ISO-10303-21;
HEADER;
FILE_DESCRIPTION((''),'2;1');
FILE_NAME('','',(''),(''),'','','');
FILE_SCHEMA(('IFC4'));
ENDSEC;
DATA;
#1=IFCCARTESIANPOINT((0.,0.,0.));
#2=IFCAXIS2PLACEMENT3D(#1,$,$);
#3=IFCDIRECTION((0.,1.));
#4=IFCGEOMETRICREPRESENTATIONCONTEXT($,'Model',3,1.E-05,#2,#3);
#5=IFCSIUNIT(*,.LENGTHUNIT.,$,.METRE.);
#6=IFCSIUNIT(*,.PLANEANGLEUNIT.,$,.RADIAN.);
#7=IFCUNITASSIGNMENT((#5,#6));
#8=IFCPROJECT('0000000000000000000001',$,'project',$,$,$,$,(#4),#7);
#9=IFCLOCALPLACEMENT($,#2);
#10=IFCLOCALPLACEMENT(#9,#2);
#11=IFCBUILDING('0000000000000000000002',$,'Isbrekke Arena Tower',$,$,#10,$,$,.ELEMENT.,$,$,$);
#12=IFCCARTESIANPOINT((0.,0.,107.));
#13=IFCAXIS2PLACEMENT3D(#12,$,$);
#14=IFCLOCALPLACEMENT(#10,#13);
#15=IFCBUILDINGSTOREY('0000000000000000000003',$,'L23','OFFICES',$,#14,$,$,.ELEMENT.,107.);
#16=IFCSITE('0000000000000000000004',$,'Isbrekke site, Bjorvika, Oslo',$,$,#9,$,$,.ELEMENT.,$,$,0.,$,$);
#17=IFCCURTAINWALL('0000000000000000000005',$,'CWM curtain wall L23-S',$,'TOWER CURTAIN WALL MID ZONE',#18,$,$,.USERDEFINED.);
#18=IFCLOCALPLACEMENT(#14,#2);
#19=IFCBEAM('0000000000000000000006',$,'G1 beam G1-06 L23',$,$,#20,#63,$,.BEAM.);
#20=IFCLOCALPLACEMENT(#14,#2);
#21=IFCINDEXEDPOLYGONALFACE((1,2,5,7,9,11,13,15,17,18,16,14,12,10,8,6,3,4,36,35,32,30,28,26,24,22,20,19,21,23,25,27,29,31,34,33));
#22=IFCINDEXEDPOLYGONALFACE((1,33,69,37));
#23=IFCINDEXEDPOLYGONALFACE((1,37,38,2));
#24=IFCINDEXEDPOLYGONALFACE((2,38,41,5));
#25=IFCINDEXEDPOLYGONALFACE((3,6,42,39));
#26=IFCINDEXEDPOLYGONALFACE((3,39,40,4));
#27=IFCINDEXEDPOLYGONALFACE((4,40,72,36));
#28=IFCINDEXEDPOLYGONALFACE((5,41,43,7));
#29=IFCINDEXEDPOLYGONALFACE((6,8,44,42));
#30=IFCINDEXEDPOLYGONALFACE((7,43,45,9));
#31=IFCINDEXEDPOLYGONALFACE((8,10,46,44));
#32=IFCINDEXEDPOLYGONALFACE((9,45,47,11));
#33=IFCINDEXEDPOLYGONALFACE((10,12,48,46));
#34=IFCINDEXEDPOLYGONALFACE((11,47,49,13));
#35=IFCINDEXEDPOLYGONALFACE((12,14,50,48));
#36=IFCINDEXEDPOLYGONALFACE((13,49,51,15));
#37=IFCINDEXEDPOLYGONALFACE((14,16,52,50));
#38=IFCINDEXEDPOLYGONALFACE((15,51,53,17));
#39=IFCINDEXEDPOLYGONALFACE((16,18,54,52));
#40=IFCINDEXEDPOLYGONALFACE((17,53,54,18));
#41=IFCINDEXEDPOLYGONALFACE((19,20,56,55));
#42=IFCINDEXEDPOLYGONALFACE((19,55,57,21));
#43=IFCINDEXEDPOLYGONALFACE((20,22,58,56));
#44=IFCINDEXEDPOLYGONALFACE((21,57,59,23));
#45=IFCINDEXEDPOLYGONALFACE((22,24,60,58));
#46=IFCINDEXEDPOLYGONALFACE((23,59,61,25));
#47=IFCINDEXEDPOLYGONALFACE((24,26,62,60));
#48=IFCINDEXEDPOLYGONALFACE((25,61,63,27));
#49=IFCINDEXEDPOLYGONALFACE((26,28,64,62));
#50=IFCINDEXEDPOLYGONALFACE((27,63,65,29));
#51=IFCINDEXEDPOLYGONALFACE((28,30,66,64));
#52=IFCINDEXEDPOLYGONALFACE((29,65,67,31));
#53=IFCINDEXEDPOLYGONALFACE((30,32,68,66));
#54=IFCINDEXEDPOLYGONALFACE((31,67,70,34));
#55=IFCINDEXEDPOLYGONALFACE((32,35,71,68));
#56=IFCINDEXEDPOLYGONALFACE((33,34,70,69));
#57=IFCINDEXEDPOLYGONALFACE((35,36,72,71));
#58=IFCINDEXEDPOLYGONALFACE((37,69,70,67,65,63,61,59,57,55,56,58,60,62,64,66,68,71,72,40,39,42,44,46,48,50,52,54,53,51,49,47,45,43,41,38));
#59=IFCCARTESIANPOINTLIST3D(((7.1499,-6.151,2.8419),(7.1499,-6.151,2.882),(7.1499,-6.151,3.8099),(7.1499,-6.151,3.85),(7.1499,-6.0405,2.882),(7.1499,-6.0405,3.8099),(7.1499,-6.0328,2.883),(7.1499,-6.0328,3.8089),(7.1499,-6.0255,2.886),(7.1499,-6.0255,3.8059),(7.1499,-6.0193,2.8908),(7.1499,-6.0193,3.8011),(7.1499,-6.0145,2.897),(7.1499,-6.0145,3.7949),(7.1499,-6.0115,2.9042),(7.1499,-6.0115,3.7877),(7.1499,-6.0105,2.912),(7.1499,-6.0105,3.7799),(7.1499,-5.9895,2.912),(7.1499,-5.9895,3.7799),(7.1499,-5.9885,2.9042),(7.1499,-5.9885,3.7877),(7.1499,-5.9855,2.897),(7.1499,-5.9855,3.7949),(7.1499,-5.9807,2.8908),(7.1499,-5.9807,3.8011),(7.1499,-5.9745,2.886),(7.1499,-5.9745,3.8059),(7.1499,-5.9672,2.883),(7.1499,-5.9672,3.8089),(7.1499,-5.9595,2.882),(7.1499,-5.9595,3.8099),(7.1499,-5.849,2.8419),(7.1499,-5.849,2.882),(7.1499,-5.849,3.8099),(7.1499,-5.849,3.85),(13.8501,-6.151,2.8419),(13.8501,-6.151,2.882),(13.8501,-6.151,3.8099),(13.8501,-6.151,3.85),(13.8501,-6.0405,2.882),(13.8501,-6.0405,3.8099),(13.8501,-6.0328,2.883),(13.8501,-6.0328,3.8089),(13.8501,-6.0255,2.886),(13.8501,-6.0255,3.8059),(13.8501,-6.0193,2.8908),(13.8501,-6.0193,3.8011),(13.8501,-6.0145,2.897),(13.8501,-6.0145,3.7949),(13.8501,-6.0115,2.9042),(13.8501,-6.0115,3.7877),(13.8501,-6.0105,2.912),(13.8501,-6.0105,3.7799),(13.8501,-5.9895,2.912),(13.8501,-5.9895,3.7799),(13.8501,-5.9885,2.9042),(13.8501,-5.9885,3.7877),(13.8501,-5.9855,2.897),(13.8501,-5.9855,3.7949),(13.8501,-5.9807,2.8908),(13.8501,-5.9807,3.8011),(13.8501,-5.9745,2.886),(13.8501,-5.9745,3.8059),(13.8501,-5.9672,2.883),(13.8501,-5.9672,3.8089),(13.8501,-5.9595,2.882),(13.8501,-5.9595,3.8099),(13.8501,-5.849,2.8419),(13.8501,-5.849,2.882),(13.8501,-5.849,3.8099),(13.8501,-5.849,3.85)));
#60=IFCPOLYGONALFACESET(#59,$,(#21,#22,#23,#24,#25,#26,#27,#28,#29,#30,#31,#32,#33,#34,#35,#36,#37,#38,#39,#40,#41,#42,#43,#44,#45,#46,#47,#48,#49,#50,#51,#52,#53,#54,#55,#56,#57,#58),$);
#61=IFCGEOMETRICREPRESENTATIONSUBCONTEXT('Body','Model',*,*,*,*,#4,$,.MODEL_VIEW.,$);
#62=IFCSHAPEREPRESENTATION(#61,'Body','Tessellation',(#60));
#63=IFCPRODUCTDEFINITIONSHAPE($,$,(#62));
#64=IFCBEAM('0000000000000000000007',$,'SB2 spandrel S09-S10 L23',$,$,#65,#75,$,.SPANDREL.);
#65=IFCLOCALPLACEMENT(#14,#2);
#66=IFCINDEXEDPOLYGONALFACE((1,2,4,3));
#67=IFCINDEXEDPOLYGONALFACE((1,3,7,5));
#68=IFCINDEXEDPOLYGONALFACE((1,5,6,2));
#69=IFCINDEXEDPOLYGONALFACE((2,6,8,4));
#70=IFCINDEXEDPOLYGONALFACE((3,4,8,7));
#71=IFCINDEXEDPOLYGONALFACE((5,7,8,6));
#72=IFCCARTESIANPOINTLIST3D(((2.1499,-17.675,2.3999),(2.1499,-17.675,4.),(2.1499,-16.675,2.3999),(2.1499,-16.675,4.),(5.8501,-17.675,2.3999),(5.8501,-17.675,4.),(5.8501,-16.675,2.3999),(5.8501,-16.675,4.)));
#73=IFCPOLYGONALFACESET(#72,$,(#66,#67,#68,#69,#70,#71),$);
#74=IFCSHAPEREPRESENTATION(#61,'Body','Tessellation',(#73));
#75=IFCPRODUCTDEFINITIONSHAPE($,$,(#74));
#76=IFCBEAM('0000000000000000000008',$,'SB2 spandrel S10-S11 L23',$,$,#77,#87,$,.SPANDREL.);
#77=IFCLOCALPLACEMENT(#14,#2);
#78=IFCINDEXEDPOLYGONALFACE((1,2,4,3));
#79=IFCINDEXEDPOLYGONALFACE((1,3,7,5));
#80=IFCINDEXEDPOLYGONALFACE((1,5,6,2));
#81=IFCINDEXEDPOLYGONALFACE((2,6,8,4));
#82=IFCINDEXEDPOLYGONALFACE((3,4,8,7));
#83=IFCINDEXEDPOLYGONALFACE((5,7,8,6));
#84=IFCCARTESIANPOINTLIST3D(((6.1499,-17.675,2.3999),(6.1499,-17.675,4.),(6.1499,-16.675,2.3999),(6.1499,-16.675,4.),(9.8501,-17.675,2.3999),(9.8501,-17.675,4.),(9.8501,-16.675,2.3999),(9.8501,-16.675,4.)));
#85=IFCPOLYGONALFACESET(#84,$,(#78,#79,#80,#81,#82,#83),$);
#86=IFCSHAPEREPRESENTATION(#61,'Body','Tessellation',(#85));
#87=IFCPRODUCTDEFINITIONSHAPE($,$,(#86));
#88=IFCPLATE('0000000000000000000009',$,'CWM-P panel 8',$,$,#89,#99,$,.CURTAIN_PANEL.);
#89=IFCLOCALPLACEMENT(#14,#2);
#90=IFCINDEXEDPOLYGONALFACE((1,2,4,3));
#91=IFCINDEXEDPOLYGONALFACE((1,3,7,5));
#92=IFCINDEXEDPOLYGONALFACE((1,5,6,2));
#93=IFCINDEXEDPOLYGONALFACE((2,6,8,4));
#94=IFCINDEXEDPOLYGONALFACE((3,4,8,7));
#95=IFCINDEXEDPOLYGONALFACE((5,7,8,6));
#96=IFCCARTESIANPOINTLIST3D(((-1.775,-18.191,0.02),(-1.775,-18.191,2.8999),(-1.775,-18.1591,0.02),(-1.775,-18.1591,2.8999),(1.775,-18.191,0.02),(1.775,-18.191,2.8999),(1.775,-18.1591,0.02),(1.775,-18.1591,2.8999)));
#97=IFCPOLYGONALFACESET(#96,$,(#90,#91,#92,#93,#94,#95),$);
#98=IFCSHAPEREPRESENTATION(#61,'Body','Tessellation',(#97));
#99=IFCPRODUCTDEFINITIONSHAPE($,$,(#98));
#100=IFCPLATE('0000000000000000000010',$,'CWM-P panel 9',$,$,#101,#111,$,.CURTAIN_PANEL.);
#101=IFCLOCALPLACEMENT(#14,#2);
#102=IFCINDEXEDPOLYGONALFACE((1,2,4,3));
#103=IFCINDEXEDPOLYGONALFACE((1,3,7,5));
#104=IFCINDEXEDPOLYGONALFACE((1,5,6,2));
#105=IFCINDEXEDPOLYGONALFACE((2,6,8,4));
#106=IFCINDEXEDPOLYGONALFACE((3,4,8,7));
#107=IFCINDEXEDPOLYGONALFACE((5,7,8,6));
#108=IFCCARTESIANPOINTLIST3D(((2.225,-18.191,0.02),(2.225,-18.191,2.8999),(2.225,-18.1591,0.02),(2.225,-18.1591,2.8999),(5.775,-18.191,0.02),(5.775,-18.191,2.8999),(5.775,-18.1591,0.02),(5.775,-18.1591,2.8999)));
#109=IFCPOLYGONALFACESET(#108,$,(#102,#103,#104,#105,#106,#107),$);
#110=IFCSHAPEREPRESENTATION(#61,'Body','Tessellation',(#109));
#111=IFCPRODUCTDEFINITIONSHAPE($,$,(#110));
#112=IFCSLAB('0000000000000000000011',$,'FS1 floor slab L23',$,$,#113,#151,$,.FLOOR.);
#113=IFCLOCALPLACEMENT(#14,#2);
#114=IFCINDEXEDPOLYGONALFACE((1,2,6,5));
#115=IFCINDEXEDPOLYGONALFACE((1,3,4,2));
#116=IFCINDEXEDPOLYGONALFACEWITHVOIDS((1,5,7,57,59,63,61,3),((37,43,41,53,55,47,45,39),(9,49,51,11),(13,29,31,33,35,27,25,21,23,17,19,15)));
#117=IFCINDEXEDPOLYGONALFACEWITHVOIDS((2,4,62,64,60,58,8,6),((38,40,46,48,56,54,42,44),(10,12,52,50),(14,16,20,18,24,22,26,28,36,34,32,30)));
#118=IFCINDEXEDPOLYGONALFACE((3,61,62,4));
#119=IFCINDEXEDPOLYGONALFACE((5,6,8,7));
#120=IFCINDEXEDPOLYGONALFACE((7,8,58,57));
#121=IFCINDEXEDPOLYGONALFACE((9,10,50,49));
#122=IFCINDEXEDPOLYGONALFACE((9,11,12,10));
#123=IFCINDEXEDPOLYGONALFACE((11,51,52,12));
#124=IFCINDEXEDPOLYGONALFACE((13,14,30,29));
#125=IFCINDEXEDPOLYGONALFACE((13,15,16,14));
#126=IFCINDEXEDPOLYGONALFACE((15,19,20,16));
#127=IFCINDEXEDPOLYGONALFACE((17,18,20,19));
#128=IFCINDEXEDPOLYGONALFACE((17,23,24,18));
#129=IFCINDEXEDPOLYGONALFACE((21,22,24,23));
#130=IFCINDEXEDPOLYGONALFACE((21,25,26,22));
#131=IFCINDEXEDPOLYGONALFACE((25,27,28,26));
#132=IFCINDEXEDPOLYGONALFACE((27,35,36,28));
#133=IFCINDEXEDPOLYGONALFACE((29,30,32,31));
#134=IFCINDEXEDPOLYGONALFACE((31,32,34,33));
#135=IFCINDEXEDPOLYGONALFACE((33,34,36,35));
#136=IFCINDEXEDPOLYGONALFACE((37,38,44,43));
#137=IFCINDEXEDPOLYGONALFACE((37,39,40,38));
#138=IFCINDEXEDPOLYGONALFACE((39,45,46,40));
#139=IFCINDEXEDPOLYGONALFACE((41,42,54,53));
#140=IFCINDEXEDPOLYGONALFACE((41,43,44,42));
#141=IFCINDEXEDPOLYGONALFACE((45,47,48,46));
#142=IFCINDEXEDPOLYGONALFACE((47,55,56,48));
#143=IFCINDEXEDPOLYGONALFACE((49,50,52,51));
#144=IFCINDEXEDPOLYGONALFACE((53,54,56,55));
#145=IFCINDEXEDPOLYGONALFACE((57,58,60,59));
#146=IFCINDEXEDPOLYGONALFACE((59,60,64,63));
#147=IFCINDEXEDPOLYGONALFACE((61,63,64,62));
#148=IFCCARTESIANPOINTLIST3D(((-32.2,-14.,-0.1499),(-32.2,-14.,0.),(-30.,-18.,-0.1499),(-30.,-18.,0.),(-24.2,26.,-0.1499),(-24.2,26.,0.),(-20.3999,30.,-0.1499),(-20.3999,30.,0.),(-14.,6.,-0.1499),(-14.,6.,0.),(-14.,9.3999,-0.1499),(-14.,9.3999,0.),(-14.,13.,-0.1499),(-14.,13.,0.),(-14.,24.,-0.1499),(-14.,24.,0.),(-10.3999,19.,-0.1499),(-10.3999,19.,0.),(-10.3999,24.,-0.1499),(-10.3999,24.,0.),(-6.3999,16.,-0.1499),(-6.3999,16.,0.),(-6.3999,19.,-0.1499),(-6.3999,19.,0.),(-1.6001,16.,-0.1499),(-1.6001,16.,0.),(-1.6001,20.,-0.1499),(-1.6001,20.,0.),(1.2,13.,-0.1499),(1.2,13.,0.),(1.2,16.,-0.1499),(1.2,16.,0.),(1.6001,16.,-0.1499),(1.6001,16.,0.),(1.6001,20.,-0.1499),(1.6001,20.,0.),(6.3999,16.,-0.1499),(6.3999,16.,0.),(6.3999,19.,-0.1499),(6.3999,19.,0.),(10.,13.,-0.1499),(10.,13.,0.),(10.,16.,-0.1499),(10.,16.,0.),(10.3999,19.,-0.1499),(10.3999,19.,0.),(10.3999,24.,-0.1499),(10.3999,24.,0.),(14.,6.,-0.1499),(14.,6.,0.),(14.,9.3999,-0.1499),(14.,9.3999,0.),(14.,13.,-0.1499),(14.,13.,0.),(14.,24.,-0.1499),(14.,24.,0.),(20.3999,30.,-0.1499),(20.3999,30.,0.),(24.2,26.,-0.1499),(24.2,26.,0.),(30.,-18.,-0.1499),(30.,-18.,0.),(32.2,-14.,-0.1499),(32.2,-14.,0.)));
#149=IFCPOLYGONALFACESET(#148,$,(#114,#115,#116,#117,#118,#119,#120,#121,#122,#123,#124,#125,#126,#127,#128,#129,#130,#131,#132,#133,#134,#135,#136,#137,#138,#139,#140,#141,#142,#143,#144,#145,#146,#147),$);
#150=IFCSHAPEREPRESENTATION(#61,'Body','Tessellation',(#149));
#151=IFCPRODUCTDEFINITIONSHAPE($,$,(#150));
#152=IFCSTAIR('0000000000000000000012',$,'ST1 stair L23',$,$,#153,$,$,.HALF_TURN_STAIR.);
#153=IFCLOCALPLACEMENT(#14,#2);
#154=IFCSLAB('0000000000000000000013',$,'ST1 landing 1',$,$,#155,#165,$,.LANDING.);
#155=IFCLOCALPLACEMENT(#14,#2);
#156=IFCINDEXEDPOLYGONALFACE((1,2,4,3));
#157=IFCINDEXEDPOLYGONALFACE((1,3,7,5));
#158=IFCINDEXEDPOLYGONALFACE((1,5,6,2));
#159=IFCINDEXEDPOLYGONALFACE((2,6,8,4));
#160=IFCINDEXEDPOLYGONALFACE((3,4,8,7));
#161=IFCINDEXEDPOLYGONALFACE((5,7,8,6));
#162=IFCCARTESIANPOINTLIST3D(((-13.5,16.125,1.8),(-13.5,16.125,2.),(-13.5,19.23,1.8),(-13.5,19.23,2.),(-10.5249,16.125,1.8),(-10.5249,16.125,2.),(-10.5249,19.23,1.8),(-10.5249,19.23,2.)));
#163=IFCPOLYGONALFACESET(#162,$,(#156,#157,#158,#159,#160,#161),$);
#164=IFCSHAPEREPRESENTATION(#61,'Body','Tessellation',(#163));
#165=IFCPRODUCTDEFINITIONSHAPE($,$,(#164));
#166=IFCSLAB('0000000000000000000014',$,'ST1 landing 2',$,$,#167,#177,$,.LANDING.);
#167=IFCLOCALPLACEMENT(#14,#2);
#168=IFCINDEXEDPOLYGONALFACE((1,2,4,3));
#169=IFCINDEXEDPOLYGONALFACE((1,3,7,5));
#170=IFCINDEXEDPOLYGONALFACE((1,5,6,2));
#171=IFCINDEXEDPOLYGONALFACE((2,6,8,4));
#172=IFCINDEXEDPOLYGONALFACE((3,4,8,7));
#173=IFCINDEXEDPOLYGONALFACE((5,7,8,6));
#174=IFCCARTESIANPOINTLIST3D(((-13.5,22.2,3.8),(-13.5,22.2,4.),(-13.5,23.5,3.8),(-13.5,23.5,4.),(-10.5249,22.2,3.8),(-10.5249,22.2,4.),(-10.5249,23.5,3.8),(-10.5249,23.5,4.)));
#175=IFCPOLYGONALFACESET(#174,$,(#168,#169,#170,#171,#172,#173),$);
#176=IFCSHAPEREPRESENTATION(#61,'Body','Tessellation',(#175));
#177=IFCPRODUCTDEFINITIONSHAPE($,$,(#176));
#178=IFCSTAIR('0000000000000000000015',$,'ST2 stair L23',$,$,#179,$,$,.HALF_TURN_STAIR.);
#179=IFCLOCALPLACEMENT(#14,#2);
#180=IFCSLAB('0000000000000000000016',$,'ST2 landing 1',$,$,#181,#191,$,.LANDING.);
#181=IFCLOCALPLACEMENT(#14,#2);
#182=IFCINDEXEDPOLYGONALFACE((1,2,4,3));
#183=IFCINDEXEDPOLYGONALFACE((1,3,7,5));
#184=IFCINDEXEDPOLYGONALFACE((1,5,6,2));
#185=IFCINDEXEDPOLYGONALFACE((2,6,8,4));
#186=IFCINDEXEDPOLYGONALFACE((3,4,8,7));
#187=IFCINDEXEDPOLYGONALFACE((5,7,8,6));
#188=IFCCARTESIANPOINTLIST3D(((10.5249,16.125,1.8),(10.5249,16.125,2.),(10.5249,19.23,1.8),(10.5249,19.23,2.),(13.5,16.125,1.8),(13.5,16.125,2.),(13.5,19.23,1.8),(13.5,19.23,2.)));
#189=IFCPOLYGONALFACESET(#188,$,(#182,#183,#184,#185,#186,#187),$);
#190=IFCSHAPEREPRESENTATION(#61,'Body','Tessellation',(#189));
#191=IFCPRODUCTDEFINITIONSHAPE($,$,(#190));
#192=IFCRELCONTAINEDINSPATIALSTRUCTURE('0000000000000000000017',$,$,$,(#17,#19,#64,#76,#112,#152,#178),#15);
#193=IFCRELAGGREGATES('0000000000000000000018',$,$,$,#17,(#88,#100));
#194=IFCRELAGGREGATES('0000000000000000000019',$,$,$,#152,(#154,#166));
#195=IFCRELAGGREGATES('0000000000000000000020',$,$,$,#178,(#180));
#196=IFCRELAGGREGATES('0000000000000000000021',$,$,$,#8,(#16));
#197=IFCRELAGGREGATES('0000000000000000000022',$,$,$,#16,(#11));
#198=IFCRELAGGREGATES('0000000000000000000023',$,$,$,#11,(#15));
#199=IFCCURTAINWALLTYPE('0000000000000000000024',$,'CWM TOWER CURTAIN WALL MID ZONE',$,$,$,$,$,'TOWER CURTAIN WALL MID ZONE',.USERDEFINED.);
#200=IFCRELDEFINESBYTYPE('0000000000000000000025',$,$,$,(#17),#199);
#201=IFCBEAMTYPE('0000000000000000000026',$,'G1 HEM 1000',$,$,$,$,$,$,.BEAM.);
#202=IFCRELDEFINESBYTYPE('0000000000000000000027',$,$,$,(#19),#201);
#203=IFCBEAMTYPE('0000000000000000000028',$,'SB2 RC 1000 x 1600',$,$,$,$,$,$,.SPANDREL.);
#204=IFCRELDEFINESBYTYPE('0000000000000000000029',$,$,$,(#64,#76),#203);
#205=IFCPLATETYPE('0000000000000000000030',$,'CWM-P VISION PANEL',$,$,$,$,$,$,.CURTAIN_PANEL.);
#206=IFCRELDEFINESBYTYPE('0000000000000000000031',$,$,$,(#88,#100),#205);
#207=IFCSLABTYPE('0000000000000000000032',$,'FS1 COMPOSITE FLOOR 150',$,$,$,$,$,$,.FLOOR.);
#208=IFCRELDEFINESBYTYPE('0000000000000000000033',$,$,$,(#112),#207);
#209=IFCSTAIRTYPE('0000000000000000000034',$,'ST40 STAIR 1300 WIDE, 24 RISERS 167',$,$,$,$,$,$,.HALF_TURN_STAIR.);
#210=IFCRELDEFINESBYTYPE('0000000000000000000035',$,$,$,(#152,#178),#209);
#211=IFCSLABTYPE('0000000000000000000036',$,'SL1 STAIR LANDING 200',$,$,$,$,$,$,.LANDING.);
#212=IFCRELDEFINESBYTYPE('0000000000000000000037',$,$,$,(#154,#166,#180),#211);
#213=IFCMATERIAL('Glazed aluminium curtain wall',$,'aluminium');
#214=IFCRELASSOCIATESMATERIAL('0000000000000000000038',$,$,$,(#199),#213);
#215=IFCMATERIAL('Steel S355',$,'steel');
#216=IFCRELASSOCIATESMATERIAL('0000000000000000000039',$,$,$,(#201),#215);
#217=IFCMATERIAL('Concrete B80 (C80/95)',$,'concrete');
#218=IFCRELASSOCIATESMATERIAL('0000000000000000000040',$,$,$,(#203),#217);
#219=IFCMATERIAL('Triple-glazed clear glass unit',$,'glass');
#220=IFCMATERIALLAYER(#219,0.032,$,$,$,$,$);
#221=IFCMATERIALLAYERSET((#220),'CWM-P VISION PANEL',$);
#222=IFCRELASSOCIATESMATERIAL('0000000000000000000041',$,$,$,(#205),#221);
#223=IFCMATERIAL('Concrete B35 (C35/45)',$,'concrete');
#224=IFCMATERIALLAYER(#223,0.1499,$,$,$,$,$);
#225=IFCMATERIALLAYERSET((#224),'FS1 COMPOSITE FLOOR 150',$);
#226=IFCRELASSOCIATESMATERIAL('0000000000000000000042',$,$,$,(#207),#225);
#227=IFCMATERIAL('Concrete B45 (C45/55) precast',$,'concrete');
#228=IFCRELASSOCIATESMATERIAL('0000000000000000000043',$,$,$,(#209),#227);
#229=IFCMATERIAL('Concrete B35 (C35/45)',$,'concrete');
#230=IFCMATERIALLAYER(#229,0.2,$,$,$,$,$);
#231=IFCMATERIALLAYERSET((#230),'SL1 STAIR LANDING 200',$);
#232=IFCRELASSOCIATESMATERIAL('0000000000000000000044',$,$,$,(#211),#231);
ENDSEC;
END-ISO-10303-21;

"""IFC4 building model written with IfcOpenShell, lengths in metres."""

from ifc_helpers import new_model, si_unit, direction, frame, origin, origin_2d, place, context, subcontext, project, spatial, polyline, rectangle, i_section, outline, extrude, material, layer, layer_set, material_profile, profile_set, type_object, element, aggregate, save


model = new_model("IFC4")

# Units and contexts
model_context = context("Model", 3, precision=1e-05, world=origin(), true_north=direction((0.0, 1.0)))
body_context = subcontext(model_context, "Body", "Model", "MODEL_VIEW")
ifc_project = project(units=[si_unit("LENGTHUNIT", "METRE"), si_unit("PLANEANGLEUNIT", "RADIAN")], contexts=[model_context])

# Site, building, storey
site_placement = place(None, origin())
site = spatial("IfcSite", under=ifc_project, at=site_placement, Name="Isbrekke site, Bjorvika, Oslo", CompositionType="ELEMENT", RefElevation=0.0)
building_placement = place(site_placement, origin())
building = spatial("IfcBuilding", under=site, at=building_placement, Name="Isbrekke Arena Tower", CompositionType="ELEMENT")
storey_placement = place(building_placement, frame((0.0, 0.0, 107.0)))
storey = spatial("IfcBuildingStorey", under=building, at=storey_placement, Name="L23", Description="OFFICES", CompositionType="ELEMENT", Elevation=107.0)

# Curtain wall
ifc_material_1 = material(Name="Glazed aluminium curtain wall", Category="aluminium")
curtain_wall_type = type_object("IfcCurtainWallType", Name="CWM TOWER CURTAIN WALL MID ZONE", ElementType="TOWER CURTAIN WALL MID ZONE", PredefinedType="USERDEFINED", material=ifc_material_1)
curtain_wall_placement = place(storey_placement, origin())
curtain_wall = element("IfcCurtainWall", 1, at=curtain_wall_placement, inside=storey, type_object=curtain_wall_type, Name="CWM curtain wall L23-S", ObjectType="TOWER CURTAIN WALL MID ZONE", PredefinedType="USERDEFINED")

# Beams
ifc_material_2 = material(Name="Steel S355", Category="steel")
ifc_material_profile_1 = material_profile(ifc_material_2, i_section(OverallWidth=0.302, OverallDepth=1.0081, WebThickness=0.021, FlangeThickness=0.04, FilletRadius=0.03, at=origin_2d()), Name="HEM 1000")
ifc_profile_set_1 = profile_set([ifc_material_profile_1], Name="Steel S355")
beam_type_1 = type_object("IfcBeamType", Name="G1 HEM 1000", PredefinedType="BEAM", material=ifc_profile_set_1)
for number, where, z_axis, x_axis, name in (
    (2, (7.1499, -6.0, 3.3459), (1.0, 0.0, 0.0), (0.0, 1.0, 0.0), "G1 beam G1-06 L23"),
):
    element("IfcBeam", number, at=place(storey_placement, frame(where, z_axis=z_axis, x_axis=x_axis)), inside=storey, type_object=beam_type_1, Name=name, PredefinedType="BEAM", context=body_context, shape_type="SweptSolid", body=[
        extrude(i_section(OverallWidth=0.302, OverallDepth=1.0081, WebThickness=0.021, FlangeThickness=0.04, FilletRadius=0.03, at=origin_2d()), origin(), (0.0, 0.0, 1.0), 6.7002),
    ])
ifc_material_3 = material(Name="Concrete B80 (C80/95)", Category="concrete")
ifc_material_profile_2 = material_profile(ifc_material_3, rectangle(XDim=1.0, YDim=1.6001, at=origin_2d()), Name="RC 1000x1600")
ifc_profile_set_2 = profile_set([ifc_material_profile_2], Name="Concrete B80 (C80/95)")
beam_type_2 = type_object("IfcBeamType", Name="SB2 RC 1000 x 1600", PredefinedType="SPANDREL", material=ifc_profile_set_2)
for number, where, z_axis, x_axis, name in (
    (3, (2.1499, -17.175, 3.2), (1.0, 0.0, 0.0), (0.0, 1.0, 0.0), "SB2 spandrel S09-S10 L23"),
    (4, (6.1499, -17.175, 3.2), (1.0, 0.0, 0.0), (0.0, 1.0, 0.0), "SB2 spandrel S10-S11 L23"),
):
    element("IfcBeam", number, at=place(storey_placement, frame(where, z_axis=z_axis, x_axis=x_axis)), inside=storey, type_object=beam_type_2, Name=name, PredefinedType="SPANDREL", context=body_context, shape_type="SweptSolid", body=[
        extrude(rectangle(XDim=1.0, YDim=1.6001, at=origin_2d()), origin(), (0.0, 0.0, 1.0), 3.7002),
    ])

# Plates
ifc_material_4 = material(Name="Triple-glazed clear glass unit", Category="glass")
ifc_layer_1 = layer(ifc_material_4, 0.032)
ifc_layer_set_1 = layer_set([ifc_layer_1], Name="CWM-P VISION PANEL")
plate_type = type_object("IfcPlateType", Name="CWM-P VISION PANEL", PredefinedType="CURTAIN_PANEL", material=ifc_layer_set_1)
plate_1_placement = place(storey_placement, frame((0.0, -18.175, 0.02), z_axis=(0.0, 0.0, 1.0), x_axis=(1.0, 0.0, 0.0)))
plate_1 = element("IfcPlate", 5, at=plate_1_placement, type_object=plate_type, Name="CWM-P panel 8", PredefinedType="CURTAIN_PANEL", context=body_context, shape_type="SweptSolid", body=[
    extrude(rectangle(XDim=3.55, YDim=0.032, at=origin_2d()), origin(), (0.0, 0.0, 1.0), 2.8799),
])
plate_2_placement = place(storey_placement, frame((4.0, -18.175, 0.02), z_axis=(0.0, 0.0, 1.0), x_axis=(1.0, 0.0, 0.0)))
plate_2 = element("IfcPlate", 6, at=plate_2_placement, type_object=plate_type, Name="CWM-P panel 9", PredefinedType="CURTAIN_PANEL", context=body_context, shape_type="SweptSolid", body=[
    extrude(rectangle(XDim=3.55, YDim=0.032, at=origin_2d()), origin(), (0.0, 0.0, 1.0), 2.8799),
])
aggregate(curtain_wall, [plate_1, plate_2])

# Slab
ifc_material_5 = material(Name="Concrete B35 (C35/45)", Category="concrete")
ifc_layer_2 = layer(ifc_material_5, 0.1499)
ifc_layer_set_2 = layer_set([ifc_layer_2], Name="FS1 COMPOSITE FLOOR 150")
slab_type_1 = type_object("IfcSlabType", Name="FS1 COMPOSITE FLOOR 150", PredefinedType="FLOOR", material=ifc_layer_set_2)
slab_1_placement = place(storey_placement, frame((0.0, 0.0, -0.1499)))
element("IfcSlab", 7, at=slab_1_placement, inside=storey, type_object=slab_type_1, Name="FS1 floor slab L23", PredefinedType="FLOOR", context=body_context, shape_type="SweptSolid", body=[
    extrude(outline(polyline([(-30.0, -18.0), (30.0, -18.0), (32.2, -14.0), (24.2, 26.0), (20.3999, 30.0), (-20.3999, 30.0), (-24.2, 26.0), (-32.2, -14.0), (-30.0, -18.0)]), holes=[polyline([(14.0, 9.3999), (14.0, 6.0), (-14.0, 6.0), (-14.0, 9.3999), (14.0, 9.3999)]), polyline([(-6.3999, 19.0), (-6.3999, 16.0), (-1.6001, 16.0), (-1.6001, 20.0), (1.6001, 20.0), (1.6001, 16.0), (1.2, 16.0), (1.2, 13.0), (-14.0, 13.0), (-14.0, 24.0), (-10.3999, 24.0), (-10.3999, 19.0), (-6.3999, 19.0)]), polyline([(10.0, 13.0), (10.0, 16.0), (6.3999, 16.0), (6.3999, 19.0), (10.3999, 19.0), (10.3999, 24.0), (14.0, 24.0), (14.0, 13.0), (10.0, 13.0)])]), origin(), (0.0, 0.0, 1.0), 0.1499),
])

# Stairs, slabs
ifc_material_6 = material(Name="Concrete B45 (C45/55) precast", Category="concrete")
stair_type = type_object("IfcStairType", Name="ST40 STAIR 1300 WIDE, 24 RISERS 167", PredefinedType="HALF_TURN_STAIR", material=ifc_material_6)
stair_1_placement = place(storey_placement, origin())
stair_1 = element("IfcStair", 8, at=stair_1_placement, inside=storey, type_object=stair_type, Name="ST1 stair L23", PredefinedType="HALF_TURN_STAIR")
ifc_material_7 = material(Name="Concrete B35 (C35/45)", Category="concrete")
ifc_layer_3 = layer(ifc_material_7, 0.2)
ifc_layer_set_3 = layer_set([ifc_layer_3], Name="SL1 STAIR LANDING 200")
slab_type_2 = type_object("IfcSlabType", Name="SL1 STAIR LANDING 200", PredefinedType="LANDING", material=ifc_layer_set_3)
slab_2_placement = place(storey_placement, frame((0.0, 0.0, 1.8)))
slab_2 = element("IfcSlab", 9, at=slab_2_placement, type_object=slab_type_2, Name="ST1 landing 1", PredefinedType="LANDING", context=body_context, shape_type="SweptSolid", body=[
    extrude(outline(polyline([(-13.5, 16.125), (-10.5249, 16.125), (-10.5249, 19.23), (-13.5, 19.23), (-13.5, 16.125)])), origin(), (0.0, 0.0, 1.0), 0.2),
])
slab_3_placement = place(storey_placement, frame((0.0, 0.0, 3.8)))
slab_3 = element("IfcSlab", 10, at=slab_3_placement, type_object=slab_type_2, Name="ST1 landing 2", PredefinedType="LANDING", context=body_context, shape_type="SweptSolid", body=[
    extrude(outline(polyline([(-13.5, 22.2), (-10.5249, 22.2), (-10.5249, 23.5), (-13.5, 23.5), (-13.5, 22.2)])), origin(), (0.0, 0.0, 1.0), 0.2),
])
aggregate(stair_1, [slab_2, slab_3])
stair_2_placement = place(storey_placement, origin())
stair_2 = element("IfcStair", 11, at=stair_2_placement, inside=storey, type_object=stair_type, Name="ST2 stair L23", PredefinedType="HALF_TURN_STAIR")
slab_4_placement = place(storey_placement, frame((0.0, 0.0, 1.8)))
slab_4 = element("IfcSlab", 12, at=slab_4_placement, type_object=slab_type_2, Name="ST2 landing 1", PredefinedType="LANDING", context=body_context, shape_type="SweptSolid", body=[
    extrude(outline(polyline([(10.5249, 16.125), (13.5, 16.125), (13.5, 19.23), (10.5249, 19.23), (10.5249, 16.125)])), origin(), (0.0, 0.0, 1.0), 0.2),
])
aggregate(stair_2, [slab_4])

save(model, "model.ifc")
